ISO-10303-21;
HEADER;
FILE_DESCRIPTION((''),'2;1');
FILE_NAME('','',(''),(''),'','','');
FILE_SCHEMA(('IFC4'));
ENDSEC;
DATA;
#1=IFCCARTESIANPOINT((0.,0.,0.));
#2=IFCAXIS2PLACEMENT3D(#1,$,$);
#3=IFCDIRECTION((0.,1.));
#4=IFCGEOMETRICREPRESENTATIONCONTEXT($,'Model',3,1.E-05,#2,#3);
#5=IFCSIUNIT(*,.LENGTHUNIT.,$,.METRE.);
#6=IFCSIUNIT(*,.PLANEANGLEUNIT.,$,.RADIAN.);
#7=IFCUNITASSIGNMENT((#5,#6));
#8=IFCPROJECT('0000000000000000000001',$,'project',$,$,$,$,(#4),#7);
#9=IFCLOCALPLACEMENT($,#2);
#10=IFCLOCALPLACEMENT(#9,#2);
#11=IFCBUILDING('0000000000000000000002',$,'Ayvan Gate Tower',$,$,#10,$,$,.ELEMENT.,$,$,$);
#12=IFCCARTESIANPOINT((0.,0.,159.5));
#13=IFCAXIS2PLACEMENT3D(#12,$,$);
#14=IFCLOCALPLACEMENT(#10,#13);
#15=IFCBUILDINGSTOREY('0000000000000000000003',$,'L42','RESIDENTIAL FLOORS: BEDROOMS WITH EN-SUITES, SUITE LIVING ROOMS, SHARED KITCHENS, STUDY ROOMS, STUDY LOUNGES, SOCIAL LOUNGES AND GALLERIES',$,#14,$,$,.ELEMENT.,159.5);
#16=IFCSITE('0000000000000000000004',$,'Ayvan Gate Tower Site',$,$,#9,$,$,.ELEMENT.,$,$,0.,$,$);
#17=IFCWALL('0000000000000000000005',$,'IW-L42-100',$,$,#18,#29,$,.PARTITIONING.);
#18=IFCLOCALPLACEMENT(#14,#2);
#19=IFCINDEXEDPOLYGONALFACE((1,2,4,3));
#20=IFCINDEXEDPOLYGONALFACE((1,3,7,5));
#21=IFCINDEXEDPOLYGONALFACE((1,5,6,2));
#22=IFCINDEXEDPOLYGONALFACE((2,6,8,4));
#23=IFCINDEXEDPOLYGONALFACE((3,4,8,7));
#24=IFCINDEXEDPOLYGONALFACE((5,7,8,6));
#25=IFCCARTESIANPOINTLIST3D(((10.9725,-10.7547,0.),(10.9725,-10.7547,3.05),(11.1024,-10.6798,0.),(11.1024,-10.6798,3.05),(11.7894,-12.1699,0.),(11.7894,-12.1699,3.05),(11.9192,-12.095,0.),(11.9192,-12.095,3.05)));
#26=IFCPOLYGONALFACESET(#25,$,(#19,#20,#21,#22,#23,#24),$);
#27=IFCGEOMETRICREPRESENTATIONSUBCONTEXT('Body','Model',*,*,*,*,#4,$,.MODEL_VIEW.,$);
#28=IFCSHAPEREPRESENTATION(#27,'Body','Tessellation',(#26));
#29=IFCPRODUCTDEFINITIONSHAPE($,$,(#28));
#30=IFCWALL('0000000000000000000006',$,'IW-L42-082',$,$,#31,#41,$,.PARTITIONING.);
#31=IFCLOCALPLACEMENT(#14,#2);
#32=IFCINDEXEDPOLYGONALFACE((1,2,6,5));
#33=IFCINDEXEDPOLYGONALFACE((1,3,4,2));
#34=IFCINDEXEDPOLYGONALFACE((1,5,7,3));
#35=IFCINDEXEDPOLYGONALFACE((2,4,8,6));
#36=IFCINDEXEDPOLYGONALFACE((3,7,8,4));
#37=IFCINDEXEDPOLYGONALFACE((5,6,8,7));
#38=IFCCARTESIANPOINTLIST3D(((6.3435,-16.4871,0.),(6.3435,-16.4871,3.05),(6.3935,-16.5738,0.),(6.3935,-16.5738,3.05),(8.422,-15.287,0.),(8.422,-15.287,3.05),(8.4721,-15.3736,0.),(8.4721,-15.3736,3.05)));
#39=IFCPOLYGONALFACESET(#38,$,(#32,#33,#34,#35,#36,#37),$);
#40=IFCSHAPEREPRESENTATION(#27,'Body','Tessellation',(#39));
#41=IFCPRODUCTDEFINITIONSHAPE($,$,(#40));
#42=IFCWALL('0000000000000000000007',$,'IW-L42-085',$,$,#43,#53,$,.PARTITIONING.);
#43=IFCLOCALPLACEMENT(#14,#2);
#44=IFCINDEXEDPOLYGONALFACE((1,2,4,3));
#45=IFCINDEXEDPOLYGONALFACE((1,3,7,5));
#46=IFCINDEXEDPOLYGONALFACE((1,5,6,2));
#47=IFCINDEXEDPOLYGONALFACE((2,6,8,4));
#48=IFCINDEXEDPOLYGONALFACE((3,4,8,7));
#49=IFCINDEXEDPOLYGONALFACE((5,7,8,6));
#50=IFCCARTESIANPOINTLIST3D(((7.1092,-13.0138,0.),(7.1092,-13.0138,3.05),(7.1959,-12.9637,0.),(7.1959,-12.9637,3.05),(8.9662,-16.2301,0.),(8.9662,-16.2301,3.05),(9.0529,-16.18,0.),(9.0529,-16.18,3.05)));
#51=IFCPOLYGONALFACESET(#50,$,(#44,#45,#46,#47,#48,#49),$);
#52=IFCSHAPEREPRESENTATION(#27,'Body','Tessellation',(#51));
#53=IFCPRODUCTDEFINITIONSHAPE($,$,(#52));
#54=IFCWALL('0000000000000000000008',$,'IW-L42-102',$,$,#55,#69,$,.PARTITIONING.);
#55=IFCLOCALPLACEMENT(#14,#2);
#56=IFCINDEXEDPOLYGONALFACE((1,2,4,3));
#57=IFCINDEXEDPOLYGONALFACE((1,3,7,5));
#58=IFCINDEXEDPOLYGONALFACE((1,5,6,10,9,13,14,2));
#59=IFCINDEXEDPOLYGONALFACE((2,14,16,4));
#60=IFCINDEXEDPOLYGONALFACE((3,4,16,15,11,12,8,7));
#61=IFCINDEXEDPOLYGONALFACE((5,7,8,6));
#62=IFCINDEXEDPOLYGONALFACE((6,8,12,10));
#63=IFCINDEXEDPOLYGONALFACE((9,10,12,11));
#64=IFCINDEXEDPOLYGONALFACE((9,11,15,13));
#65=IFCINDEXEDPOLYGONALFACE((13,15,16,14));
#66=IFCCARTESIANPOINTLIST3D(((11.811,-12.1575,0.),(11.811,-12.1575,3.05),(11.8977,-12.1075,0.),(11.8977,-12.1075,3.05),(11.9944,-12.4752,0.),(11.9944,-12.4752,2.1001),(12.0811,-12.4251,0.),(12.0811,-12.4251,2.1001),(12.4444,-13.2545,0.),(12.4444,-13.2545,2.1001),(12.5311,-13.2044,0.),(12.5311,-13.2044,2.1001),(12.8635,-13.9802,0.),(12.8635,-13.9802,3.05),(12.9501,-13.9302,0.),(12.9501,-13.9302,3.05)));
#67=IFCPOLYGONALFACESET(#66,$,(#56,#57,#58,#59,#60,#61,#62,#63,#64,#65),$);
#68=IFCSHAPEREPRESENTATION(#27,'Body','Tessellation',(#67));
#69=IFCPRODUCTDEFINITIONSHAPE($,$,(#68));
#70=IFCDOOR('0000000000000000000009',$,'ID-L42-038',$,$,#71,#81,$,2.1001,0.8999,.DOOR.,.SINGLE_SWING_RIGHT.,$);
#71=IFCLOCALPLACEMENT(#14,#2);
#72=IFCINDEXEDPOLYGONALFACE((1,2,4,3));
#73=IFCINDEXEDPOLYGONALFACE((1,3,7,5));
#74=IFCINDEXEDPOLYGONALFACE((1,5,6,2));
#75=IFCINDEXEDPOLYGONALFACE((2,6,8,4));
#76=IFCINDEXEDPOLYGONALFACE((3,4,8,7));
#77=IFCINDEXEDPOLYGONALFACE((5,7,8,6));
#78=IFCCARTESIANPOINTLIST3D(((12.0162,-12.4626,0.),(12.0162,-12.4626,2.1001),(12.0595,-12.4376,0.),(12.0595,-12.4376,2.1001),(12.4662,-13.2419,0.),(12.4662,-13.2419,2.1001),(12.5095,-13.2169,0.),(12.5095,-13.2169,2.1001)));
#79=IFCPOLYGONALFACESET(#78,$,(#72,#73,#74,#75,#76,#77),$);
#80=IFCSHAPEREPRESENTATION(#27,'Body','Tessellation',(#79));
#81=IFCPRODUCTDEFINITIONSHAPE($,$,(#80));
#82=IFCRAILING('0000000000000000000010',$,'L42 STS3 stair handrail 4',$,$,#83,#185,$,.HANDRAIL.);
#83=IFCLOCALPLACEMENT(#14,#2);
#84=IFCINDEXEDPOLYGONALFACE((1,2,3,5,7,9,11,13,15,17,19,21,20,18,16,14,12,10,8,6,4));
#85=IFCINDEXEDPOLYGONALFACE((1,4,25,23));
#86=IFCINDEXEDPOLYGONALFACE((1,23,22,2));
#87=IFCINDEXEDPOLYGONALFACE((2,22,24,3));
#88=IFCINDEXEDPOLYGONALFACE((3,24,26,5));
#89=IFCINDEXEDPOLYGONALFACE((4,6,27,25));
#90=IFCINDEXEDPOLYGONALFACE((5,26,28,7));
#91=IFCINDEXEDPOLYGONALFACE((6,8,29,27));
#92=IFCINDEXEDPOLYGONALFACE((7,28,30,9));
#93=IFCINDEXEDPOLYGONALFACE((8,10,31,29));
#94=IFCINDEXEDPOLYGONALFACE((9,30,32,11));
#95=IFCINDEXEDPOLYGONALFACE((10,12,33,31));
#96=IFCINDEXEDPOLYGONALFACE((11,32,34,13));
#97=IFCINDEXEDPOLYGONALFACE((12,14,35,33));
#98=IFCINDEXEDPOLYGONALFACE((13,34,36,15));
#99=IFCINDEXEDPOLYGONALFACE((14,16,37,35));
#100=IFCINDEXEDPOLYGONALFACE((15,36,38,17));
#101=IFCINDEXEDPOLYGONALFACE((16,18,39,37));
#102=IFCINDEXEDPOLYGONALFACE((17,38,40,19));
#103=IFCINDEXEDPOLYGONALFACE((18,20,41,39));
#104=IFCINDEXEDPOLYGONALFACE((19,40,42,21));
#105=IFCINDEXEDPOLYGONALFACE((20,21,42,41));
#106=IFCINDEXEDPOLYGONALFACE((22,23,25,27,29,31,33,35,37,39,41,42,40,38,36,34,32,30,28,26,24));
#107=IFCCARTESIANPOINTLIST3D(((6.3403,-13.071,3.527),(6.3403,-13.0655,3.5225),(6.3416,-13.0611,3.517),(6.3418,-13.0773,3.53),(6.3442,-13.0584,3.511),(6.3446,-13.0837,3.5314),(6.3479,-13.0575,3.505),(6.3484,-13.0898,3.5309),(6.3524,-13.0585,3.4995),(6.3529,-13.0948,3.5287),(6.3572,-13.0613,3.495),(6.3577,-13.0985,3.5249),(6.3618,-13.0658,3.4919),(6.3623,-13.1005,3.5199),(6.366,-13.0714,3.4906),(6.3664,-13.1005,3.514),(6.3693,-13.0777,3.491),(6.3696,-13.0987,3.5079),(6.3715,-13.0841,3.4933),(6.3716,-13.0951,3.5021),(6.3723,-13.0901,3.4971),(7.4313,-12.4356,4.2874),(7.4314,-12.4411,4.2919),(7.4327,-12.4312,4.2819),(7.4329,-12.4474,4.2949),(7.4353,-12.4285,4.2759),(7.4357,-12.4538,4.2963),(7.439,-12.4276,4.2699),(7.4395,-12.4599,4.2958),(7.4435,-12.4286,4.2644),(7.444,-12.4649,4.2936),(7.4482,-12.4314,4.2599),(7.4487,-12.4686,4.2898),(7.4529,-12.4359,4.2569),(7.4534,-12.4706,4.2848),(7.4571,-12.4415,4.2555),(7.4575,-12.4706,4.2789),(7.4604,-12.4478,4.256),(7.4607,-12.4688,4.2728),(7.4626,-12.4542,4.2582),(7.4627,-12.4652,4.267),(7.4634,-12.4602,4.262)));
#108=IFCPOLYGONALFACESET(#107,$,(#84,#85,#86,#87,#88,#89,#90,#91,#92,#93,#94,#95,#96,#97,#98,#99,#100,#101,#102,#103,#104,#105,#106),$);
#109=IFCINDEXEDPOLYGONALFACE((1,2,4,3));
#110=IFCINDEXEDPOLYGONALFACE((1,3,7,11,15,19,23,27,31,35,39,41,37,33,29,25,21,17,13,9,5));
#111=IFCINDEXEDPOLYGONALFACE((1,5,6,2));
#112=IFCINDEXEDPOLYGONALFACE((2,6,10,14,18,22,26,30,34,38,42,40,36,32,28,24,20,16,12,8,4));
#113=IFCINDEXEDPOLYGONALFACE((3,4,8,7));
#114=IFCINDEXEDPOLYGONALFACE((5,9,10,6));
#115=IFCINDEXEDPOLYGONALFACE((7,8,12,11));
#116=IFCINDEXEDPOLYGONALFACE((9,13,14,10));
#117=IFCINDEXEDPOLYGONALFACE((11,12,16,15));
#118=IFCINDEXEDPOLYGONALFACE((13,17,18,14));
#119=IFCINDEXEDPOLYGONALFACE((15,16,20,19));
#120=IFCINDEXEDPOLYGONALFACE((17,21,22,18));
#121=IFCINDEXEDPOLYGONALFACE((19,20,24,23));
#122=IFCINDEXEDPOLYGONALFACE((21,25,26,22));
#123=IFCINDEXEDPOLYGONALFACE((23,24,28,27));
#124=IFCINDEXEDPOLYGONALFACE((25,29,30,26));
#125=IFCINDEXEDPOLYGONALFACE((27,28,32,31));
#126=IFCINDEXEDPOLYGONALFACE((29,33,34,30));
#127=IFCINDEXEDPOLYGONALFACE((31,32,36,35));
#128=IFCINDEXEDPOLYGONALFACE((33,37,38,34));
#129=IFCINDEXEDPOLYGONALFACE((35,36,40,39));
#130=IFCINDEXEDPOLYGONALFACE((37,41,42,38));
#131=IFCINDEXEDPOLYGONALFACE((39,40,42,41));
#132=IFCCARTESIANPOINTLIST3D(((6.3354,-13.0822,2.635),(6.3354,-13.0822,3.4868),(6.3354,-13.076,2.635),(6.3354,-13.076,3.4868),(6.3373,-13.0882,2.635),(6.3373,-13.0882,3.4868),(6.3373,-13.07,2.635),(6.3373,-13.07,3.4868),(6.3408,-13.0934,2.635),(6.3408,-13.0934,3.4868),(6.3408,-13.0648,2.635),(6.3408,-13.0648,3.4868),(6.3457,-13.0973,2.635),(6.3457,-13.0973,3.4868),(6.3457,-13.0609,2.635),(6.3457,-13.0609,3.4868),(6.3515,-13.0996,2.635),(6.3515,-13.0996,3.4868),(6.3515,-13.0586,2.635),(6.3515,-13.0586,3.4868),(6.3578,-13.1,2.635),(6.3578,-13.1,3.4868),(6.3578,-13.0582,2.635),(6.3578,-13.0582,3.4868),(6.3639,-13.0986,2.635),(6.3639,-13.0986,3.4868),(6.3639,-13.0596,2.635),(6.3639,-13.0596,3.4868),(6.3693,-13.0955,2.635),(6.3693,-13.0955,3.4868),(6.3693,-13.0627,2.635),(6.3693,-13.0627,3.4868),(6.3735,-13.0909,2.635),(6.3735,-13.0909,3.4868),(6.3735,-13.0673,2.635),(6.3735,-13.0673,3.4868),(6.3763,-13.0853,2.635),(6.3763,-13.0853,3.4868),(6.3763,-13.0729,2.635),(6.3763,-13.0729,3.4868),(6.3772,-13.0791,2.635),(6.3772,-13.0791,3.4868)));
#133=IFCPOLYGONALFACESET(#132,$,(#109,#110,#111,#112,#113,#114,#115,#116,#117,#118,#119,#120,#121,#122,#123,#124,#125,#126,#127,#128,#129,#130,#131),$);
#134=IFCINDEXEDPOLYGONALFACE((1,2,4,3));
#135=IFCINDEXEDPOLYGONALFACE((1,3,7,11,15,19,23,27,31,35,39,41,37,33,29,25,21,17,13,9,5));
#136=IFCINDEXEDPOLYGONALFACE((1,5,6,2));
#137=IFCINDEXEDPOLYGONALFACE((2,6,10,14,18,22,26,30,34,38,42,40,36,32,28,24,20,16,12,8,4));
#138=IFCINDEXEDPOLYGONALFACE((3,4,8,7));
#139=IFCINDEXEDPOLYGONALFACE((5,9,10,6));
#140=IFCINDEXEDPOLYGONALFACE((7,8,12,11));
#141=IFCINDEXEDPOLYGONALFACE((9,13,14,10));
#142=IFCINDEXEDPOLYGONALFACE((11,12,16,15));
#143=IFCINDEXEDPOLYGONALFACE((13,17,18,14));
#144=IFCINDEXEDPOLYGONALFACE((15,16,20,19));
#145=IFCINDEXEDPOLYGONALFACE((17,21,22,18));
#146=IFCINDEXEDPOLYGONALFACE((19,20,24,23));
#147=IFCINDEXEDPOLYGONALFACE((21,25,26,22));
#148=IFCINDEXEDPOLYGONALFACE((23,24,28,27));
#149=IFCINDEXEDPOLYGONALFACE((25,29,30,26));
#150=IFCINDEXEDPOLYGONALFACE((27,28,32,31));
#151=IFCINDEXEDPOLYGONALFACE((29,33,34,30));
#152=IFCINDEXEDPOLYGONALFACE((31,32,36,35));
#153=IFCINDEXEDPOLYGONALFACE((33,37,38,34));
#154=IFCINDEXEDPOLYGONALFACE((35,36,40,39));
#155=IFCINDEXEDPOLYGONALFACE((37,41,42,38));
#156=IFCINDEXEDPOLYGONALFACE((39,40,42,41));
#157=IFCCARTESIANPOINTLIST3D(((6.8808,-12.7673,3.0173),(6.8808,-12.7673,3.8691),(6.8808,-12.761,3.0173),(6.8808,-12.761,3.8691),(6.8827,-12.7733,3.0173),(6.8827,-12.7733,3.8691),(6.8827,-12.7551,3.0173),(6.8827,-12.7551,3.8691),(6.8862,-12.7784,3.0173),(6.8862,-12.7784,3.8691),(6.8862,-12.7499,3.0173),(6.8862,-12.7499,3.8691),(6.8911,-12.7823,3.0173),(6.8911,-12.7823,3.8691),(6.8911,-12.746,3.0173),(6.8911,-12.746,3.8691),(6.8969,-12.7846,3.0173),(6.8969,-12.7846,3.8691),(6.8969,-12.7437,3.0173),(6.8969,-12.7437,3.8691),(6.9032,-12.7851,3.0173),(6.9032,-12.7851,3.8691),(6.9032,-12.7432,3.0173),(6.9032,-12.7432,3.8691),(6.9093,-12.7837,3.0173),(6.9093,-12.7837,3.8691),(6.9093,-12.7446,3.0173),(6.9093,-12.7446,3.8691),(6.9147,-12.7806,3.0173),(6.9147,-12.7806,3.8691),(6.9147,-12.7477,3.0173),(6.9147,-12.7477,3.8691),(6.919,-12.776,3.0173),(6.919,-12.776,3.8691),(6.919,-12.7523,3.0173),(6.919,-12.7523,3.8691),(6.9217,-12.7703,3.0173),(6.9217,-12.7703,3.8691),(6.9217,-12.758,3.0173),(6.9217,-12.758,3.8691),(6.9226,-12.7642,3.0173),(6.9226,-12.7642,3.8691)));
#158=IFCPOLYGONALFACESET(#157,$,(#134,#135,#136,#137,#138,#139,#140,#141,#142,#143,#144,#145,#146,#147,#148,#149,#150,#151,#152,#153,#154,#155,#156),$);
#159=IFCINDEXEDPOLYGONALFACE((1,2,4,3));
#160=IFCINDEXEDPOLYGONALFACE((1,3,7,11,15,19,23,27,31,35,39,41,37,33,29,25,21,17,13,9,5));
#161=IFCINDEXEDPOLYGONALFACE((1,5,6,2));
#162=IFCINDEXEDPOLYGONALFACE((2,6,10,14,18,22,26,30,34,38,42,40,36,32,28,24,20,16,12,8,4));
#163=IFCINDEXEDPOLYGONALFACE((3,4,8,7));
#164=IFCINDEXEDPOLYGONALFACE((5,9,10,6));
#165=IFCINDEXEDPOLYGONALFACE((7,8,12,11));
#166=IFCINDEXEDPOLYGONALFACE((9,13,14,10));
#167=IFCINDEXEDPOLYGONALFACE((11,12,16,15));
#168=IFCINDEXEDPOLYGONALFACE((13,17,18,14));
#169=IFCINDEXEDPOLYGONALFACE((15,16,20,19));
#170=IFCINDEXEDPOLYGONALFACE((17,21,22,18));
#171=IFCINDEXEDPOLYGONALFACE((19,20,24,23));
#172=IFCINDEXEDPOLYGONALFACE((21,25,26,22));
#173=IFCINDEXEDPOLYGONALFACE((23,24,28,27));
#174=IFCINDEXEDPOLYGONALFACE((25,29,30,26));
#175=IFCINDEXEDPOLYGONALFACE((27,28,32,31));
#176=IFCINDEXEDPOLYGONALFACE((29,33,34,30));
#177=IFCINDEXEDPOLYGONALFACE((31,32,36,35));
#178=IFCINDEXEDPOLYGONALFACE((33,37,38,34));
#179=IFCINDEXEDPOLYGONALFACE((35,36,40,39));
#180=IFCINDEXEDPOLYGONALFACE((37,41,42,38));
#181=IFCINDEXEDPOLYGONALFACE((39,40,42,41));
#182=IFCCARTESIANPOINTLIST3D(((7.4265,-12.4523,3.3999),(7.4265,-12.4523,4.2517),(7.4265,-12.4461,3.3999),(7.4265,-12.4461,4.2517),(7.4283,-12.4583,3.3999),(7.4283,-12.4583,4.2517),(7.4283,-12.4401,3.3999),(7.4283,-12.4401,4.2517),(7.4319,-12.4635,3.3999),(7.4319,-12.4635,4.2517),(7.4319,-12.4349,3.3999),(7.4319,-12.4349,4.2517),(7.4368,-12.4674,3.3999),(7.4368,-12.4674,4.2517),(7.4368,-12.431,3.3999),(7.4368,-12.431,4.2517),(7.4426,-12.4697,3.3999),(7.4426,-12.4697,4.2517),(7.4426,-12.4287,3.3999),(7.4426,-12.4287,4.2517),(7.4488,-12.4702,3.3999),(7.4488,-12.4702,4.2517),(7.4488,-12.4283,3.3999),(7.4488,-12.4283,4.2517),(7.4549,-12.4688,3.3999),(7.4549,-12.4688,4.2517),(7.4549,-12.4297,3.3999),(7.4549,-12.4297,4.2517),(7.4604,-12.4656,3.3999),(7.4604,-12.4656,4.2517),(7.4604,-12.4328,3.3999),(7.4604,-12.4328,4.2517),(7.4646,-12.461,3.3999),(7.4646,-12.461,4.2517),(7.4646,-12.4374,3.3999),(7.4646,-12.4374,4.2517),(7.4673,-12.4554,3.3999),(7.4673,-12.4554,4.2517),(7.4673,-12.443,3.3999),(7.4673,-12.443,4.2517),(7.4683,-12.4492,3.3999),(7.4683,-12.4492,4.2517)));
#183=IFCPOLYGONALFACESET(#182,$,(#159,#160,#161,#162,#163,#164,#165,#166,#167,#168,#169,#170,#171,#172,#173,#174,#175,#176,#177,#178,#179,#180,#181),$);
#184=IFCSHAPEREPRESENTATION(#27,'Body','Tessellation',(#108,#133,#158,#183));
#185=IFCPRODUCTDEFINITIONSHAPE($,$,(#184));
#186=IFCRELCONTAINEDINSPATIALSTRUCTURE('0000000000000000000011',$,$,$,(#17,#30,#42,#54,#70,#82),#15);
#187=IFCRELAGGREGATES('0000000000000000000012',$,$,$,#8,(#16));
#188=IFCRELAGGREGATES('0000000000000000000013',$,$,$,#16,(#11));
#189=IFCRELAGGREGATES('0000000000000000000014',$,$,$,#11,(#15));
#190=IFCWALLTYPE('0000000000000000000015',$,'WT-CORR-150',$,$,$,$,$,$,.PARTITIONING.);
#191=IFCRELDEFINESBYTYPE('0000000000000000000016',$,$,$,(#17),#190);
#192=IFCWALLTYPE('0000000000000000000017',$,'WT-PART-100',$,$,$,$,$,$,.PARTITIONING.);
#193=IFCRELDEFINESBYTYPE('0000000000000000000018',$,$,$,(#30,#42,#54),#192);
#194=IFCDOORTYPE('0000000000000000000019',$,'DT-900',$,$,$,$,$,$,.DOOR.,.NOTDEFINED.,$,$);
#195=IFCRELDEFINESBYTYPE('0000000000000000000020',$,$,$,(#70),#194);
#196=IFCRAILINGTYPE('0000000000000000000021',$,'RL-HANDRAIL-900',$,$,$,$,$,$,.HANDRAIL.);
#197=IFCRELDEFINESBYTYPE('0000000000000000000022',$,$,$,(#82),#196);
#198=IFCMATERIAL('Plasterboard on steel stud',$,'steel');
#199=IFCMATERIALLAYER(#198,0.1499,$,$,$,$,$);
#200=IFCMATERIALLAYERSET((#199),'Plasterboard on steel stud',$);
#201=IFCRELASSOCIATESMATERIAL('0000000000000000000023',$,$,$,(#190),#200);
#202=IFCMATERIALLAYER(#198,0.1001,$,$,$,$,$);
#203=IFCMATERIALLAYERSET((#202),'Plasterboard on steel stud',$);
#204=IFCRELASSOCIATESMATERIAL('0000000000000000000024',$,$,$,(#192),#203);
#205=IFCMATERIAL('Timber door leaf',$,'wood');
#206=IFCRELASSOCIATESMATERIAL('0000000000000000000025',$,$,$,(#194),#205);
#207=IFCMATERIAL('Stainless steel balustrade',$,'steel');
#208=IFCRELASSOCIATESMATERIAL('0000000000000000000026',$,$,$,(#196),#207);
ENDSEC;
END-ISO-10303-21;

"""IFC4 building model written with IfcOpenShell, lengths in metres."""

from ifc_helpers import new_model, si_unit, direction, frame, frame_2d, origin, origin_2d, place, context, subcontext, project, spatial, rectangle, circle, extrude, material, layer, layer_set, type_object, element, fill, save


model = new_model("IFC4")

# Units and contexts
model_context = context("Model", 3, precision=1e-05, world=origin(), true_north=direction((0.0, 1.0)))
body_context = subcontext(model_context, "Body", "Model", "MODEL_VIEW")
ifc_project = project(units=[si_unit("LENGTHUNIT", "METRE"), si_unit("PLANEANGLEUNIT", "RADIAN")], contexts=[model_context])

# Site, building, storey
site_placement = place(None, origin())
site = spatial("IfcSite", under=ifc_project, at=site_placement, Name="Ayvan Gate Tower Site", CompositionType="ELEMENT", RefElevation=0.0)
building_placement = place(site_placement, origin())
building = spatial("IfcBuilding", under=site, at=building_placement, Name="Ayvan Gate Tower", CompositionType="ELEMENT")
storey_placement = place(building_placement, frame((0.0, 0.0, 159.5)))
storey = spatial("IfcBuildingStorey", under=building, at=storey_placement, Name="L42", Description="RESIDENTIAL FLOORS: BEDROOMS WITH EN-SUITES, SUITE LIVING ROOMS, SHARED KITCHENS, STUDY ROOMS, STUDY LOUNGES, SOCIAL LOUNGES AND GALLERIES", CompositionType="ELEMENT", Elevation=159.5)

# Walls
ifc_material_1 = material(Name="Plasterboard on steel stud", Category="steel")
ifc_layer_1 = layer(ifc_material_1, 0.1499)
ifc_layer_set_1 = layer_set([ifc_layer_1], Name="Plasterboard on steel stud")
wall_type_1 = type_object("IfcWallType", Name="WT-CORR-150", PredefinedType="PARTITIONING", material=ifc_layer_set_1)
wall_1_placement = place(storey_placement, frame((11.8542, -12.1323, 0.0), z_axis=(0.0, 0.0, 1.0), x_axis=(-0.499899, 0.866084, 0.0)))
element("IfcWall", 1, at=wall_1_placement, inside=storey, type_object=wall_type_1, Name="IW-L42-100", PredefinedType="PARTITIONING", context=body_context, shape_type="SweptSolid", body=[
    extrude(rectangle(XDim=1.634, YDim=0.1499, at=frame_2d((0.8169, 0.0))), origin(), (0.0, 0.0, 1.0), 3.05),
])
ifc_layer_2 = layer(ifc_material_1, 0.1001)
ifc_layer_set_2 = layer_set([ifc_layer_2], Name="Plasterboard on steel stud")
wall_type_2 = type_object("IfcWallType", Name="WT-PART-100", PredefinedType="PARTITIONING", material=ifc_layer_set_2)
wall_2_placement = place(storey_placement, frame((6.3684, -16.5305, 0.0), z_axis=(0.0, 0.0, 1.0), x_axis=(0.866006, 0.500034, 0.0)))
element("IfcWall", 2, at=wall_2_placement, inside=storey, type_object=wall_type_2, Name="IW-L42-082", PredefinedType="PARTITIONING", context=body_context, shape_type="SweptSolid", body=[
    extrude(rectangle(XDim=2.4001, YDim=0.1001, at=frame_2d((1.2002, 0.0))), origin(), (0.0, 0.0, 1.0), 3.05),
])
wall_3_placement = place(storey_placement, frame((7.1526, -12.9888, 0.0), z_axis=(0.0, 0.0, 1.0), x_axis=(0.499999, -0.866026, 0.0)))
element("IfcWall", 3, at=wall_3_placement, inside=storey, type_object=wall_type_2, Name="IW-L42-085", PredefinedType="PARTITIONING", context=body_context, shape_type="SweptSolid", body=[
    extrude(rectangle(XDim=3.7139, YDim=0.1001, at=frame_2d((1.8569, 0.0))), origin(), (0.0, 0.0, 1.0), 3.05),
])

# Wall, opening, door
wall_4_placement = place(storey_placement, frame((12.9067, -13.9551, 0.0), z_axis=(0.0, 0.0, 1.0), x_axis=(-0.500044, 0.866, 0.0)))
wall_4 = element("IfcWall", 4, at=wall_4_placement, inside=storey, type_object=wall_type_2, Name="IW-L42-102", PredefinedType="PARTITIONING", context=body_context, shape_type="SweptSolid", body=[
    extrude(rectangle(XDim=2.1047, YDim=0.1001, at=frame_2d((1.0522, 0.0))), origin(), (0.0, 0.0, 1.0), 3.05),
])
opening_placement = place(wall_4_placement, frame((0.8379, 0.0, 0.0)))
opening = element("IfcOpeningElement", 5, at=opening_placement, cuts=wall_4, PredefinedType="OPENING", context=body_context, shape_type="SweptSolid", body=[
    extrude(rectangle(XDim=0.8999, YDim=2.1001, at=frame_2d((0.45, 1.05))), frame((0.0, 0.0601, 0.0), z_axis=(0.0, -1.0, 0.0), x_axis=(1.0, 0.0, 0.0)), (0.0, 0.0, 1.0), 0.1201),
])
ifc_material_2 = material(Name="Timber door leaf", Category="wood")
door_type = type_object("IfcDoorType", Name="DT-900", OperationType="NOTDEFINED", PredefinedType="DOOR", material=ifc_material_2)
door_placement = place(opening_placement, origin())
door = element("IfcDoor", 6, at=door_placement, inside=storey, type_object=door_type, Name="ID-L42-038", OperationType="SINGLE_SWING_RIGHT", OverallHeight=2.1001, OverallWidth=0.8999, PredefinedType="DOOR", context=body_context, shape_type="SweptSolid", body=[
    extrude(rectangle(XDim=0.8999, YDim=2.1001, at=frame_2d((0.45, 1.05))), frame((0.0, 0.0249, 0.0), z_axis=(0.0, -1.0, 0.0), x_axis=(1.0, 0.0, 0.0)), (0.0, 0.0, 1.0), 0.05),
])
fill(opening, door)

# Railing
ifc_material_3 = material(Name="Stainless steel balustrade", Category="steel")
railing_type = type_object("IfcRailingType", Name="RL-HANDRAIL-900", PredefinedType="HANDRAIL", material=ifc_material_3)
railing_placement = place(storey_placement, frame((6.3562, -13.0791, 2.635)))
element("IfcRailing", 7, at=railing_placement, inside=storey, type_object=railing_type, Name="L42 STS3 stair handrail 4", PredefinedType="HANDRAIL", context=body_context, shape_type="SweptSolid", body=[
    extrude(circle(Radius=0.0239, at=origin_2d()), frame((0.0, 0.0, 0.876), z_axis=(0.740282, 0.427372, 0.518976), x_axis=(-0.499974, 0.86604, 0.0)), (0.0, 0.0, 1.0), 1.4739),
    extrude(circle(Radius=0.021, at=origin_2d()), origin(), (0.0, 0.0, 1.0), 0.8518),
    extrude(circle(Radius=0.021, at=origin_2d()), frame((0.5454, 0.3149, 0.3823)), (0.0, 0.0, 1.0), 0.8518),
    extrude(circle(Radius=0.021, at=origin_2d()), frame((1.0911, 0.6299, 0.7649)), (0.0, 0.0, 1.0), 0.8518),
])

save(model, "model.ifc")
